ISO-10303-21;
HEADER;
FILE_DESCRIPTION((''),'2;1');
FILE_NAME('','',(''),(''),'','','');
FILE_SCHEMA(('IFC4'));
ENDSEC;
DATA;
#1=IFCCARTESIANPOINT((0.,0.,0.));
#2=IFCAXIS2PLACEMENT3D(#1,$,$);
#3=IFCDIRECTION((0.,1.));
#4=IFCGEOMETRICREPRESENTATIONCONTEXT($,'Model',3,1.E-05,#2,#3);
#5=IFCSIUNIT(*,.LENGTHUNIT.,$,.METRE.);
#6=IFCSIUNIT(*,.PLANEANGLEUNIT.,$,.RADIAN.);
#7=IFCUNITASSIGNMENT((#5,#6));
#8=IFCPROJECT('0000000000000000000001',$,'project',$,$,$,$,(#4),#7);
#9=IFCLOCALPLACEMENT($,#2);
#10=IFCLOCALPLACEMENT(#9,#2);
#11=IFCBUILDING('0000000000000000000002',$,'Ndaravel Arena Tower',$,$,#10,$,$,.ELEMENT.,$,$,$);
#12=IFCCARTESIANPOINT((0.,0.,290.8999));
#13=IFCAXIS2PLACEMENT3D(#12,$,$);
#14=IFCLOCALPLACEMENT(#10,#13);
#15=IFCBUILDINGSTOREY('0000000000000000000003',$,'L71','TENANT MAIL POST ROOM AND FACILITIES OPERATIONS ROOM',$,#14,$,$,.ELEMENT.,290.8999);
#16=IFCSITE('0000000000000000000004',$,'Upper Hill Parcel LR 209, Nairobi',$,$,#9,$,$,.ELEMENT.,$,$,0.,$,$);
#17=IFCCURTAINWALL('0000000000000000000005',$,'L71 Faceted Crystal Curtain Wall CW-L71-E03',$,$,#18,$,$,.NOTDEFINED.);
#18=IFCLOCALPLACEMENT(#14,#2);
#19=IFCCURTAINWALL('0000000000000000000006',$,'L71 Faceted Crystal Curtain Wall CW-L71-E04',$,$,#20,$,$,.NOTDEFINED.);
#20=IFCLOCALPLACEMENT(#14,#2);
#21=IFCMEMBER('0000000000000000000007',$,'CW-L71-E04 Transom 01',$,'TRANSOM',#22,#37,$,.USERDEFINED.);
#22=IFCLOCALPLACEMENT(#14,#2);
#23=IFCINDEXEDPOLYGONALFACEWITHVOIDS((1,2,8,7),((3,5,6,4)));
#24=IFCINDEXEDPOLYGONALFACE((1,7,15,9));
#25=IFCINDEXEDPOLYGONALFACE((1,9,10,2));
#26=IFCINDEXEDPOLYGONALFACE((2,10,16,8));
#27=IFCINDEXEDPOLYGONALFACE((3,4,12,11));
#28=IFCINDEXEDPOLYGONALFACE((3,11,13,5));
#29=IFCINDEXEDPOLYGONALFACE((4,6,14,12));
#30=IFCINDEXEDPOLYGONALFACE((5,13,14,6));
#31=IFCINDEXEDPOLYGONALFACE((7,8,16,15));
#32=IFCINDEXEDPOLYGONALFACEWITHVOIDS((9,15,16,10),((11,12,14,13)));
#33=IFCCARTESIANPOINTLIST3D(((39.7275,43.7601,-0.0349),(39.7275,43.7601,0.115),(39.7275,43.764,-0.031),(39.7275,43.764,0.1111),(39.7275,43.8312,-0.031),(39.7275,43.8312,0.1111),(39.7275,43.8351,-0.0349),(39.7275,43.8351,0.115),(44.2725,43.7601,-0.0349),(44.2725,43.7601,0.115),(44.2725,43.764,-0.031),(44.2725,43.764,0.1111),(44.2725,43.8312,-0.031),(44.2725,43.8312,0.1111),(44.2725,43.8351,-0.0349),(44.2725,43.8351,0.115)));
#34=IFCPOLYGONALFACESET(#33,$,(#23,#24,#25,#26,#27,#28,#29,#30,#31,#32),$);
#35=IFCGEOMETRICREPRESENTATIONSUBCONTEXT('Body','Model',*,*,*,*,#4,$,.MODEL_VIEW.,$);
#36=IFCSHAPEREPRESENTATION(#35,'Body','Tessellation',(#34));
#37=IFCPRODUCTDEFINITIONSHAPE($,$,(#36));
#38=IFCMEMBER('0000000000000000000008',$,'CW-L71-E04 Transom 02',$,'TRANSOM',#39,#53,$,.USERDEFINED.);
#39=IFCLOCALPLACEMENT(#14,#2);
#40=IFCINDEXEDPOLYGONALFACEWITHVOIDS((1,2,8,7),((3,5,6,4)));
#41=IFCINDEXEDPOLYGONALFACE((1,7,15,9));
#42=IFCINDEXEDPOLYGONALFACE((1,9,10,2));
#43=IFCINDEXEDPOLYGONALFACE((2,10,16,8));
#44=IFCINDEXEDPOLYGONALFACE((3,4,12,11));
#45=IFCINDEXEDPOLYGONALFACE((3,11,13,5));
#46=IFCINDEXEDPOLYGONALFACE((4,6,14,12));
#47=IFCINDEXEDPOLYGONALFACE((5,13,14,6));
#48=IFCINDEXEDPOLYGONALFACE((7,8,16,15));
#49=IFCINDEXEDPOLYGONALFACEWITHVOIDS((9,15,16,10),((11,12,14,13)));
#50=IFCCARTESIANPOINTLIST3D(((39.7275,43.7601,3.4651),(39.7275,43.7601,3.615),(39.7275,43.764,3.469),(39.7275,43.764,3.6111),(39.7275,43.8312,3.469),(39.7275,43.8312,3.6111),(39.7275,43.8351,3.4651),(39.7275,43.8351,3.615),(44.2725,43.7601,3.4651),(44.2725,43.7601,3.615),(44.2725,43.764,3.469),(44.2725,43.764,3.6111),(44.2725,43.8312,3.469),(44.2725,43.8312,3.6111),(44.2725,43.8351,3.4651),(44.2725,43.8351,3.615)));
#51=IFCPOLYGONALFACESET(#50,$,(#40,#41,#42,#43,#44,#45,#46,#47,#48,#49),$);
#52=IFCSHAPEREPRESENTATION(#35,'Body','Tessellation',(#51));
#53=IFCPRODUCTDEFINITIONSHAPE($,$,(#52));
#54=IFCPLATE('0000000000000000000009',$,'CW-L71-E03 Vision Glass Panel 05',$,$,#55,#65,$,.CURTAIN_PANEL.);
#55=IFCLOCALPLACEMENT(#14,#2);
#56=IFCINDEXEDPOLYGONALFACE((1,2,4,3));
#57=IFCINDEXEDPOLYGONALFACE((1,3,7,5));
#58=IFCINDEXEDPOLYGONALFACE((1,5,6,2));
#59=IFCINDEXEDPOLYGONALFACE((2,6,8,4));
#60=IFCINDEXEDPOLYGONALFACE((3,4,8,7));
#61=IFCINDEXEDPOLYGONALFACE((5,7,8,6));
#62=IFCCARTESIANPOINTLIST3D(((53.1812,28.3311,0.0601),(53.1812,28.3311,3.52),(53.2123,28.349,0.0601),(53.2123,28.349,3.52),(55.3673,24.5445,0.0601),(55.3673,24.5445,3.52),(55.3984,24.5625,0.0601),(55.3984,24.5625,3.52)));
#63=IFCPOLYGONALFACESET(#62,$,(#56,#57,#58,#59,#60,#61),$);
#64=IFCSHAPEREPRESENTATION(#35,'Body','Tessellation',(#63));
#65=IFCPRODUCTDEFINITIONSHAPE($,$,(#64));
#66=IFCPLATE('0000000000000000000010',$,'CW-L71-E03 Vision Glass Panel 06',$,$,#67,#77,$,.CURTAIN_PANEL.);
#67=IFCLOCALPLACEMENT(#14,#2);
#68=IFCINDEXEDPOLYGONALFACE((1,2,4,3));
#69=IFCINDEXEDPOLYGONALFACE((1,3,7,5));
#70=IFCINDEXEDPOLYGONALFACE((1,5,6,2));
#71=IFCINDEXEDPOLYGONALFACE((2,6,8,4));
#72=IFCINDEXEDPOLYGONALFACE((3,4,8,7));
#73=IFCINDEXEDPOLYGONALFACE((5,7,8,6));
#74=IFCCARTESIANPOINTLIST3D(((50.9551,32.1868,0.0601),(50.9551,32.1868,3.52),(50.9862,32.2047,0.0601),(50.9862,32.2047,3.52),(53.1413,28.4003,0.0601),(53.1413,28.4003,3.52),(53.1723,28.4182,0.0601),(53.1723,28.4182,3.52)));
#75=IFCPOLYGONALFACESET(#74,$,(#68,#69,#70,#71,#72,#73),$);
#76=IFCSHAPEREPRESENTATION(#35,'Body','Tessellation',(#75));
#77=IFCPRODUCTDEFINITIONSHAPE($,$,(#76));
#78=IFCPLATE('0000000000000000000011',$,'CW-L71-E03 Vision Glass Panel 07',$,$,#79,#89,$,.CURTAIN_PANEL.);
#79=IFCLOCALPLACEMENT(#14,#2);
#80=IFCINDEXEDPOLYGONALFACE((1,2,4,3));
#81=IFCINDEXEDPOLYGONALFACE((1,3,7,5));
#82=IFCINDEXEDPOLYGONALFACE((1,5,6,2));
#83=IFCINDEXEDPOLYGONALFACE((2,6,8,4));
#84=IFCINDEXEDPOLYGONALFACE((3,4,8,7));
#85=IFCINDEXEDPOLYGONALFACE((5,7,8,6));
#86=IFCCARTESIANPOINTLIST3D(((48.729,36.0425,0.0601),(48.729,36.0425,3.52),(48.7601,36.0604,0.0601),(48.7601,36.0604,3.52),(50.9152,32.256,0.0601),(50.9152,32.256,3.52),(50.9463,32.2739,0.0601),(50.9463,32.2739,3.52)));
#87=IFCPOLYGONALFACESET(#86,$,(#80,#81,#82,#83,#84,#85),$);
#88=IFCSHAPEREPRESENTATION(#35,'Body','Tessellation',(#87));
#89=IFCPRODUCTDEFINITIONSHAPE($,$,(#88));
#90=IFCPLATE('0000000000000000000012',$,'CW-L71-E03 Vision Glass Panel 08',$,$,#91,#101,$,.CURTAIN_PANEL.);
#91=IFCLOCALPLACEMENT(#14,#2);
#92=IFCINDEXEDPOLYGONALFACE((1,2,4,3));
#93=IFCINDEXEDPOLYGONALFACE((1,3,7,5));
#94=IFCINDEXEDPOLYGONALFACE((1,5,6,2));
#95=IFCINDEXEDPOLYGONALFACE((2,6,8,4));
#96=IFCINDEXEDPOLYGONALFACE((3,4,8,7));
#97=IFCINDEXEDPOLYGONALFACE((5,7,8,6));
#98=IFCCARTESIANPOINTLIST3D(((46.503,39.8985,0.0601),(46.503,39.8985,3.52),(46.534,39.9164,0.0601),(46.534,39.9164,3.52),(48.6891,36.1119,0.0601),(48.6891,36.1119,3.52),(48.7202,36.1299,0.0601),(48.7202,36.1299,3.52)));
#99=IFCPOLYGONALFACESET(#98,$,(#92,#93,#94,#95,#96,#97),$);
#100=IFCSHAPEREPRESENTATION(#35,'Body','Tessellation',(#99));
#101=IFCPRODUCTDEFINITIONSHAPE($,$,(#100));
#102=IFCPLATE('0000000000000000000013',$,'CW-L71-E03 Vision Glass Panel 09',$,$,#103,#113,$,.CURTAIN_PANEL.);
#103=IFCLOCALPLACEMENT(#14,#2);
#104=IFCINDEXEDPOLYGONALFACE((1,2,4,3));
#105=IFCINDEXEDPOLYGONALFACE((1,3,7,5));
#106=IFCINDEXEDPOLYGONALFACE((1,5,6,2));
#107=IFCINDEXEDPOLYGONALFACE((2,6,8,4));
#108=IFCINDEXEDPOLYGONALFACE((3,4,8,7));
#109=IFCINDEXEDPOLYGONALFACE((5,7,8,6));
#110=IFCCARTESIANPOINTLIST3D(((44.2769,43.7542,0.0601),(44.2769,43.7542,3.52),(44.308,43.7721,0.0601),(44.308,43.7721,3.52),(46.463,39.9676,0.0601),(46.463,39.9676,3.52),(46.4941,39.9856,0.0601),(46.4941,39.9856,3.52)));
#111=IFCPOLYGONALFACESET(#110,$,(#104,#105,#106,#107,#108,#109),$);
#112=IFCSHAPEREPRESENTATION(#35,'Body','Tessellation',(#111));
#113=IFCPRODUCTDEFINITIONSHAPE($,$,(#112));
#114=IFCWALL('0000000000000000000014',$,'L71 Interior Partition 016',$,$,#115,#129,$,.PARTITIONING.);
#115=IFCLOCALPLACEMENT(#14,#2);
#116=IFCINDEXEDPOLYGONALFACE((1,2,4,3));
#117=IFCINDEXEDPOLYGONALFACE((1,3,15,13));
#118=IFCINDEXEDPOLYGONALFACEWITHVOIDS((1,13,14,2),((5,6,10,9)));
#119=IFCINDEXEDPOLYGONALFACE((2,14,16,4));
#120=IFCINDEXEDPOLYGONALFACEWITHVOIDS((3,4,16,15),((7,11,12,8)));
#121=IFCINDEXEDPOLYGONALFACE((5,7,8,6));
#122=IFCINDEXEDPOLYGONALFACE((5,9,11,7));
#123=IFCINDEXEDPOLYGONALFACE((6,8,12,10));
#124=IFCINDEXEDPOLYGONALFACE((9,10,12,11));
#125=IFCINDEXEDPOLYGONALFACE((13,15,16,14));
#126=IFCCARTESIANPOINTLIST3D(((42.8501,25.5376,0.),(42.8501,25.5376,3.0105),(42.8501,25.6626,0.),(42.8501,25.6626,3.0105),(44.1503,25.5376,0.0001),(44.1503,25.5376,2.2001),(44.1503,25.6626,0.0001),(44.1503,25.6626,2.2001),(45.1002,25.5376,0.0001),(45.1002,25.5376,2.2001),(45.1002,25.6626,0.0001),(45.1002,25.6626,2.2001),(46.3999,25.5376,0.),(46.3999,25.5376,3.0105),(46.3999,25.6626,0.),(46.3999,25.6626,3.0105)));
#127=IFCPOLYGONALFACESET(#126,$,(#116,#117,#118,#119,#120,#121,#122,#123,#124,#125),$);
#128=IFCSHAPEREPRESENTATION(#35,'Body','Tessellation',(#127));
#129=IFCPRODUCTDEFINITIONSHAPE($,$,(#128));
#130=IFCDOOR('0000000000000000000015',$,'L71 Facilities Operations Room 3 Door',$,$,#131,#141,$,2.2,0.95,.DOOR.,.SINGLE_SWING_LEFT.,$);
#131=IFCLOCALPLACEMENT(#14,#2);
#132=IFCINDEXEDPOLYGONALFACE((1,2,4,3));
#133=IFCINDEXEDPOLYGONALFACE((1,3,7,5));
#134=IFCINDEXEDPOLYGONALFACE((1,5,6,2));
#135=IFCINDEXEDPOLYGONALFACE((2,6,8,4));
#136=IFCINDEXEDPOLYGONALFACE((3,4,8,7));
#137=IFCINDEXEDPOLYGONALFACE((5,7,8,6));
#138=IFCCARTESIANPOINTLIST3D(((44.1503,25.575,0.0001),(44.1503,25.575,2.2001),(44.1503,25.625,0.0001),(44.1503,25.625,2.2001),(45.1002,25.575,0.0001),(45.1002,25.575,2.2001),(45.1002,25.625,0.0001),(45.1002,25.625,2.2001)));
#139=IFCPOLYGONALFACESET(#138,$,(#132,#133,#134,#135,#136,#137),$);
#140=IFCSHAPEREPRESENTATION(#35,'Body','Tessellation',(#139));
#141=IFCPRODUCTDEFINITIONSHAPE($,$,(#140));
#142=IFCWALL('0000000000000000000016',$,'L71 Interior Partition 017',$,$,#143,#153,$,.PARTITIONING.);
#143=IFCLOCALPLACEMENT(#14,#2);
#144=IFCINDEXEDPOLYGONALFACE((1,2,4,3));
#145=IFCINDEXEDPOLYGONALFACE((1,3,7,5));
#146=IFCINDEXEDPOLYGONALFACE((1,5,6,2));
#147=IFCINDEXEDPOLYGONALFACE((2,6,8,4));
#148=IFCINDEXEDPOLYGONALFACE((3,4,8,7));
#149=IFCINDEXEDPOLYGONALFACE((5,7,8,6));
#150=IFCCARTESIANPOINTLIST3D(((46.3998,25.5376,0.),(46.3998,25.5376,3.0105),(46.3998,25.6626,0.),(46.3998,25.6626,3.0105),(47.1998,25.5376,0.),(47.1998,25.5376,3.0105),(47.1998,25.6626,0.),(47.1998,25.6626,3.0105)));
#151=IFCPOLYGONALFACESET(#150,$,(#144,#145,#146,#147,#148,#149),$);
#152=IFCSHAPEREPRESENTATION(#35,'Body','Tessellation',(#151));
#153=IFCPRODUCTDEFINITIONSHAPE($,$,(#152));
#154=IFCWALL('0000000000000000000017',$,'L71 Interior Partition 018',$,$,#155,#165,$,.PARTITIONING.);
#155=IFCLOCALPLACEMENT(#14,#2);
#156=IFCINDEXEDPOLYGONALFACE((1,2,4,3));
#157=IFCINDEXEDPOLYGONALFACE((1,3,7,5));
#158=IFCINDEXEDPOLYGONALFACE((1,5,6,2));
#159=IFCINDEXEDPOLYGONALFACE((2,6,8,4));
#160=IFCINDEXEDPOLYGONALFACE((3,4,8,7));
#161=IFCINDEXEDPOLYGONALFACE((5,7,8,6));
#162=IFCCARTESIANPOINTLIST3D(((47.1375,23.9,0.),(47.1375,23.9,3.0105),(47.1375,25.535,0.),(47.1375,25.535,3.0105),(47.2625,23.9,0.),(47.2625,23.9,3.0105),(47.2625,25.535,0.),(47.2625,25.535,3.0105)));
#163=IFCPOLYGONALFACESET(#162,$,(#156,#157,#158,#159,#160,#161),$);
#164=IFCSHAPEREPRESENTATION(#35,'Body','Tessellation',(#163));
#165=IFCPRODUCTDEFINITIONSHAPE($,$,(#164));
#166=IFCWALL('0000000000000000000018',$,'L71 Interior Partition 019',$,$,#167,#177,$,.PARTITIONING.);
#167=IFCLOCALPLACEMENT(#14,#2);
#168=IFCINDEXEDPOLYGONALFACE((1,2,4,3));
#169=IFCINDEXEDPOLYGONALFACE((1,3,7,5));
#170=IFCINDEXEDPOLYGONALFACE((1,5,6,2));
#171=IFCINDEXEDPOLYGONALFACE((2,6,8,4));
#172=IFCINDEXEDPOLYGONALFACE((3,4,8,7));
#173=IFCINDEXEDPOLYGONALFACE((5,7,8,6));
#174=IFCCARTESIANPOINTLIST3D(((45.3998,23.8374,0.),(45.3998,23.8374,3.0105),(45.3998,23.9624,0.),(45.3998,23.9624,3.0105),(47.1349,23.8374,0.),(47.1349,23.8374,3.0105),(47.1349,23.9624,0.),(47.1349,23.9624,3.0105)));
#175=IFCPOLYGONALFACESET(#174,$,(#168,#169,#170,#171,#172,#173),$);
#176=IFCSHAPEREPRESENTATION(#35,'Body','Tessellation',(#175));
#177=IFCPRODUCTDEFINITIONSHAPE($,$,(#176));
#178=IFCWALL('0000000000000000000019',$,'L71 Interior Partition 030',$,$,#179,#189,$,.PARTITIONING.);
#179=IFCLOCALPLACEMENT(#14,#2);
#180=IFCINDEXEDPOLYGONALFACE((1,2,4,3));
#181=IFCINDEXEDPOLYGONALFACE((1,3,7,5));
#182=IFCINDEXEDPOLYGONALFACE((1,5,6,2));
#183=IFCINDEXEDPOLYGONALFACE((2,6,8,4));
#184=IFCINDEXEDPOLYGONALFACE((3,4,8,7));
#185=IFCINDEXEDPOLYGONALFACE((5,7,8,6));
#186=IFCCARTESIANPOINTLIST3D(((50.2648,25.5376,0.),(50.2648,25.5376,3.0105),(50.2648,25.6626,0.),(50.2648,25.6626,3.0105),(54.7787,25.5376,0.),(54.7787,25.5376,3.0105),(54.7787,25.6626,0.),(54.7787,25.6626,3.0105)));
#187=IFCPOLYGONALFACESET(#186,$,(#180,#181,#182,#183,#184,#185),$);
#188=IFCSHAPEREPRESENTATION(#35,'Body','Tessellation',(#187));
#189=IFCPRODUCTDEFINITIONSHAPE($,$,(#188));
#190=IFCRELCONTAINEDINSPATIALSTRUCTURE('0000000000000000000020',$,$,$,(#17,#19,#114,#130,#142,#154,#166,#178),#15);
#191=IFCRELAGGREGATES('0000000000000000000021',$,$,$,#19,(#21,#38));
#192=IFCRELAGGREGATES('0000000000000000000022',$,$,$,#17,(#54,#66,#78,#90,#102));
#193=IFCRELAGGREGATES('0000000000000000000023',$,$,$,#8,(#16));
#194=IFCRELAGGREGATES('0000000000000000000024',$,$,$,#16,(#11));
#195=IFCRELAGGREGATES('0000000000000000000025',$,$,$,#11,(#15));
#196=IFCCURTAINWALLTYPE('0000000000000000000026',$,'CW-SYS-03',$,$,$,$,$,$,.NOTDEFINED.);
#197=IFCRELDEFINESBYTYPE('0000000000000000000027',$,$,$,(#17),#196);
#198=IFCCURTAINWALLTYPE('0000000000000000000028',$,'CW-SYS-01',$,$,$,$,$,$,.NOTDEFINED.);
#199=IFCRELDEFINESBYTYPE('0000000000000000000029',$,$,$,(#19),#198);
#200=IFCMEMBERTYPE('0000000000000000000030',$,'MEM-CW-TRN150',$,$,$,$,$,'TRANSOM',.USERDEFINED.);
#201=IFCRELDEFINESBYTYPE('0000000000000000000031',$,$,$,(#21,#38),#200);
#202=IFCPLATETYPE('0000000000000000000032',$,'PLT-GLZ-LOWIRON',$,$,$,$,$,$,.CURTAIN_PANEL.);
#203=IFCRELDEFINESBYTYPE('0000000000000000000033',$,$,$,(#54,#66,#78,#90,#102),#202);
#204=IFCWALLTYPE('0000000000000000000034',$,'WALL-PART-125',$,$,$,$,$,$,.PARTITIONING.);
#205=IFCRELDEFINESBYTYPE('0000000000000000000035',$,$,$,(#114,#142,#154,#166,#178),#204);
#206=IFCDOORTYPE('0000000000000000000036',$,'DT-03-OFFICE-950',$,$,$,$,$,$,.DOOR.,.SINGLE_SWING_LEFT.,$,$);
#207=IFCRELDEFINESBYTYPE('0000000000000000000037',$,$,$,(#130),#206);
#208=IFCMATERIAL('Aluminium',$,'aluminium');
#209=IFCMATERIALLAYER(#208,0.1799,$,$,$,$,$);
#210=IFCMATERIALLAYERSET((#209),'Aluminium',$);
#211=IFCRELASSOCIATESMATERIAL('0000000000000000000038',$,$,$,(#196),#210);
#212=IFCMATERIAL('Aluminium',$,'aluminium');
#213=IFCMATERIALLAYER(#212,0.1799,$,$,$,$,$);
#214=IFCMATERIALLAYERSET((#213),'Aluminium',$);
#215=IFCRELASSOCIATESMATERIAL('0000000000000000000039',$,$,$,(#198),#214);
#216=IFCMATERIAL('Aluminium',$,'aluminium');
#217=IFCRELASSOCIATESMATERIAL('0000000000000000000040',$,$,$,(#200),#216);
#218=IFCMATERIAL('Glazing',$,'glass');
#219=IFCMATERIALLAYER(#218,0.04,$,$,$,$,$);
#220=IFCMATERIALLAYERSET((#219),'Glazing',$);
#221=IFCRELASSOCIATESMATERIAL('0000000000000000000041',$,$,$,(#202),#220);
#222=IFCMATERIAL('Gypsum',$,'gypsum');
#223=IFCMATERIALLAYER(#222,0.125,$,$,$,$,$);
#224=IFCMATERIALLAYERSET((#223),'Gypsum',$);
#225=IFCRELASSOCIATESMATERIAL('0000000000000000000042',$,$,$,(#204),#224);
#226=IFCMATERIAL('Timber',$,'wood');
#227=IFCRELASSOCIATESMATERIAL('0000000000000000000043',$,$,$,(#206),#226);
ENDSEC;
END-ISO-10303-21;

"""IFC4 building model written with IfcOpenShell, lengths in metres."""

from ifc_helpers import new_model, si_unit, direction, frame, frame_2d, origin, origin_2d, place, context, subcontext, project, spatial, rectangle, hollow_rectangle, extrude, material, layer, layer_set, material_profile, profile_set, type_object, element, fill, aggregate, save


model = new_model("IFC4")

# Units and contexts
model_context = context("Model", 3, precision=1e-05, world=origin(), true_north=direction((0.0, 1.0)))
body_context = subcontext(model_context, "Body", "Model", "MODEL_VIEW")
ifc_project = project(units=[si_unit("LENGTHUNIT", "METRE"), si_unit("PLANEANGLEUNIT", "RADIAN")], contexts=[model_context])

# Site, building, storey
site_placement = place(None, origin())
site = spatial("IfcSite", under=ifc_project, at=site_placement, Name="Upper Hill Parcel LR 209, Nairobi", CompositionType="ELEMENT", RefElevation=0.0)
building_placement = place(site_placement, origin())
building = spatial("IfcBuilding", under=site, at=building_placement, Name="Ndaravel Arena Tower", CompositionType="ELEMENT")
storey_placement = place(building_placement, frame((0.0, 0.0, 290.8999)))
storey = spatial("IfcBuildingStorey", under=building, at=storey_placement, Name="L71", Description="TENANT MAIL POST ROOM AND FACILITIES OPERATIONS ROOM", CompositionType="ELEMENT", Elevation=290.8999)

# Curtain walls, members
ifc_material_1 = material(Name="Aluminium", Category="aluminium")
ifc_layer_1 = layer(ifc_material_1, 0.1799)
ifc_layer_set_1 = layer_set([ifc_layer_1], Name="Aluminium")
curtain_wall_type_1 = type_object("IfcCurtainWallType", Name="CW-SYS-03", PredefinedType="NOTDEFINED", material=ifc_layer_set_1)
curtain_wall_1_placement = place(storey_placement, origin())
curtain_wall_1 = element("IfcCurtainWall", 1, at=curtain_wall_1_placement, inside=storey, type_object=curtain_wall_type_1, Name="L71 Faceted Crystal Curtain Wall CW-L71-E03", PredefinedType="NOTDEFINED")
ifc_material_2 = material(Name="Aluminium", Category="aluminium")
ifc_layer_2 = layer(ifc_material_2, 0.1799)
ifc_layer_set_2 = layer_set([ifc_layer_2], Name="Aluminium")
curtain_wall_type_2 = type_object("IfcCurtainWallType", Name="CW-SYS-01", PredefinedType="NOTDEFINED", material=ifc_layer_set_2)
curtain_wall_2_placement = place(storey_placement, origin())
curtain_wall_2 = element("IfcCurtainWall", 2, at=curtain_wall_2_placement, inside=storey, type_object=curtain_wall_type_2, Name="L71 Faceted Crystal Curtain Wall CW-L71-E04", PredefinedType="NOTDEFINED")
ifc_material_3 = material(Name="Aluminium", Category="aluminium")
ifc_material_profile_1 = material_profile(ifc_material_3, hollow_rectangle(XDim=0.075, YDim=0.1499, WallThickness=0.0039, at=origin_2d()), Name="CW TRANSOM 75x150x4")
ifc_profile_set_1 = profile_set([ifc_material_profile_1], Name="Aluminium")
member_type_1 = type_object("IfcMemberType", Name="MEM-CW-TRN150", ElementType="TRANSOM", PredefinedType="USERDEFINED", material=ifc_profile_set_1)
member_1_placement = place(storey_placement, frame((44.2725, 43.7976, 0.04), z_axis=(-1.0, 0.0, 0.0), x_axis=(0.0, -1.0, 0.0)))
member_1 = element("IfcMember", 3, at=member_1_placement, type_object=member_type_1, Name="CW-L71-E04 Transom 01", ObjectType="TRANSOM", PredefinedType="USERDEFINED", context=body_context, shape_type="SweptSolid", body=[
    extrude(hollow_rectangle(XDim=0.075, YDim=0.1499, WallThickness=0.0039, at=origin_2d()), origin(), (0.0, 0.0, 1.0), 4.5449),
])
member_2_placement = place(storey_placement, frame((44.2725, 43.7976, 3.54), z_axis=(-1.0, 0.0, 0.0), x_axis=(0.0, -1.0, 0.0)))
member_2 = element("IfcMember", 4, at=member_2_placement, type_object=member_type_1, Name="CW-L71-E04 Transom 02", ObjectType="TRANSOM", PredefinedType="USERDEFINED", context=body_context, shape_type="SweptSolid", body=[
    extrude(hollow_rectangle(XDim=0.075, YDim=0.1499, WallThickness=0.0039, at=origin_2d()), origin(), (0.0, 0.0, 1.0), 4.5449),
])
aggregate(curtain_wall_2, [member_1, member_2])

# Plates
ifc_material_4 = material(Name="Glazing", Category="glass")
ifc_layer_3 = layer(ifc_material_4, 0.04)
ifc_layer_set_3 = layer_set([ifc_layer_3], Name="Glazing")
plate_type = type_object("IfcPlateType", Name="PLT-GLZ-LOWIRON", PredefinedType="CURTAIN_PANEL", material=ifc_layer_set_3)
plate_1_placement = place(storey_placement, frame((54.2898, 26.4468, 0.0601), z_axis=(0.0, 0.0, 1.0), x_axis=(-0.5, 0.866025, 0.0)))
plate_1 = element("IfcPlate", 5, at=plate_1_placement, type_object=plate_type, Name="CW-L71-E03 Vision Glass Panel 05", PredefinedType="CURTAIN_PANEL", context=body_context, shape_type="SweptSolid", body=[
    extrude(rectangle(XDim=4.3723, YDim=0.0359, at=origin_2d()), origin(), (0.0, 0.0, 1.0), 3.46),
])
plate_2_placement = place(storey_placement, frame((52.0637, 30.3025, 0.0601), z_axis=(0.0, 0.0, 1.0), x_axis=(-0.5, 0.866025, 0.0)))
plate_2 = element("IfcPlate", 6, at=plate_2_placement, type_object=plate_type, Name="CW-L71-E03 Vision Glass Panel 06", PredefinedType="CURTAIN_PANEL", context=body_context, shape_type="SweptSolid", body=[
    extrude(rectangle(XDim=4.3723, YDim=0.0359, at=origin_2d()), origin(), (0.0, 0.0, 1.0), 3.46),
])
plate_3_placement = place(storey_placement, frame((49.8376, 34.1582, 0.0601), z_axis=(0.0, 0.0, 1.0), x_axis=(-0.5, 0.866025, 0.0)))
plate_3 = element("IfcPlate", 7, at=plate_3_placement, type_object=plate_type, Name="CW-L71-E03 Vision Glass Panel 07", PredefinedType="CURTAIN_PANEL", context=body_context, shape_type="SweptSolid", body=[
    extrude(rectangle(XDim=4.3723, YDim=0.0359, at=origin_2d()), origin(), (0.0, 0.0, 1.0), 3.46),
])
plate_4_placement = place(storey_placement, frame((47.6116, 38.0142, 0.0601), z_axis=(0.0, 0.0, 1.0), x_axis=(-0.5, 0.866025, 0.0)))
plate_4 = element("IfcPlate", 8, at=plate_4_placement, type_object=plate_type, Name="CW-L71-E03 Vision Glass Panel 08", PredefinedType="CURTAIN_PANEL", context=body_context, shape_type="SweptSolid", body=[
    extrude(rectangle(XDim=4.3723, YDim=0.0359, at=origin_2d()), origin(), (0.0, 0.0, 1.0), 3.46),
])
plate_5_placement = place(storey_placement, frame((45.3855, 41.8699, 0.0601), z_axis=(0.0, 0.0, 1.0), x_axis=(-0.5, 0.866025, 0.0)))
plate_5 = element("IfcPlate", 9, at=plate_5_placement, type_object=plate_type, Name="CW-L71-E03 Vision Glass Panel 09", PredefinedType="CURTAIN_PANEL", context=body_context, shape_type="SweptSolid", body=[
    extrude(rectangle(XDim=4.3723, YDim=0.0359, at=origin_2d()), origin(), (0.0, 0.0, 1.0), 3.46),
])
aggregate(curtain_wall_1, [plate_1, plate_2, plate_3, plate_4, plate_5])

# Wall, opening, door
ifc_material_5 = material(Name="Gypsum", Category="gypsum")
ifc_layer_4 = layer(ifc_material_5, 0.125)
ifc_layer_set_4 = layer_set([ifc_layer_4], Name="Gypsum")
wall_type_1 = type_object("IfcWallType", Name="WALL-PART-125", PredefinedType="PARTITIONING", material=ifc_layer_set_4)
wall_1_placement = place(storey_placement, frame((42.8501, 25.6001, 0.0), z_axis=(0.0, 0.0, 1.0), x_axis=(1.0, 0.0, 0.0)))
wall_1 = element("IfcWall", 10, at=wall_1_placement, inside=storey, type_object=wall_type_1, Name="L71 Interior Partition 016", PredefinedType="PARTITIONING", context=body_context, shape_type="SweptSolid", body=[
    extrude(rectangle(XDim=3.5498, YDim=0.125, at=frame_2d((1.7749, 0.0))), origin(), (0.0, 0.0, 1.0), 3.0105),
])
opening_placement = place(wall_1_placement, frame((1.3, 0.0, 0.0)))
opening = element("IfcOpeningElement", 11, at=opening_placement, cuts=wall_1, PredefinedType="OPENING", context=body_context, shape_type="SweptSolid", body=[
    extrude(rectangle(XDim=0.95, YDim=2.2, at=frame_2d((0.4751, 1.1001))), frame((0.0, 0.0625, 0.0), z_axis=(0.0, -1.0, 0.0), x_axis=(1.0, 0.0, 0.0)), (0.0, 0.0, 1.0), 0.125),
])
ifc_material_6 = material(Name="Timber", Category="wood")
door_type = type_object("IfcDoorType", Name="DT-03-OFFICE-950", OperationType="SINGLE_SWING_LEFT", PredefinedType="DOOR", material=ifc_material_6)
door_placement = place(opening_placement, origin())
door = element("IfcDoor", 12, at=door_placement, inside=storey, type_object=door_type, Name="L71 Facilities Operations Room 3 Door", OperationType="SINGLE_SWING_LEFT", OverallHeight=2.2, OverallWidth=0.95, PredefinedType="DOOR", context=body_context, shape_type="SweptSolid", body=[
    extrude(rectangle(XDim=0.95, YDim=2.2, at=frame_2d((0.4751, 1.1001))), frame((0.0, 0.0249, 0.0), z_axis=(0.0, -1.0, 0.0), x_axis=(1.0, 0.0, 0.0)), (0.0, 0.0, 1.0), 0.05),
])
fill(opening, door)

# Walls
wall_2_placement = place(storey_placement, frame((46.3999, 25.6001, 0.0), z_axis=(0.0, 0.0, 1.0), x_axis=(1.0, 0.0, 0.0)))
element("IfcWall", 13, at=wall_2_placement, inside=storey, type_object=wall_type_1, Name="L71 Interior Partition 017", PredefinedType="PARTITIONING", context=body_context, shape_type="SweptSolid", body=[
    extrude(rectangle(XDim=0.8, YDim=0.125, at=frame_2d((0.3999, 0.0))), origin(), (0.0, 0.0, 1.0), 3.0105),
])
wall_3_placement = place(storey_placement, frame((47.2, 25.5349, 0.0), z_axis=(0.0, 0.0, 1.0), x_axis=(0.0, -1.0, 0.0)))
element("IfcWall", 14, at=wall_3_placement, inside=storey, type_object=wall_type_1, Name="L71 Interior Partition 018", PredefinedType="PARTITIONING", context=body_context, shape_type="SweptSolid", body=[
    extrude(rectangle(XDim=1.635, YDim=0.125, at=frame_2d((0.8174, 0.0))), origin(), (0.0, 0.0, 1.0), 3.0105),
])
wall_4_placement = place(storey_placement, frame((47.135, 23.8999, 0.0), z_axis=(0.0, 0.0, 1.0), x_axis=(-1.0, 0.0, 0.0)))
element("IfcWall", 15, at=wall_4_placement, inside=storey, type_object=wall_type_1, Name="L71 Interior Partition 019", PredefinedType="PARTITIONING", context=body_context, shape_type="SweptSolid", body=[
    extrude(rectangle(XDim=1.7351, YDim=0.125, at=frame_2d((0.8677, 0.0))), origin(), (0.0, 0.0, 1.0), 3.0105),
])
wall_5_placement = place(storey_placement, frame((50.2649, 25.6001, 0.0), z_axis=(0.0, 0.0, 1.0), x_axis=(1.0, 0.0, 0.0)))
element("IfcWall", 16, at=wall_5_placement, inside=storey, type_object=wall_type_1, Name="L71 Interior Partition 030", PredefinedType="PARTITIONING", context=body_context, shape_type="SweptSolid", body=[
    extrude(rectangle(XDim=4.5139, YDim=0.125, at=frame_2d((2.2568, 0.0))), origin(), (0.0, 0.0, 1.0), 3.0105),
])

save(model, "model.ifc")
